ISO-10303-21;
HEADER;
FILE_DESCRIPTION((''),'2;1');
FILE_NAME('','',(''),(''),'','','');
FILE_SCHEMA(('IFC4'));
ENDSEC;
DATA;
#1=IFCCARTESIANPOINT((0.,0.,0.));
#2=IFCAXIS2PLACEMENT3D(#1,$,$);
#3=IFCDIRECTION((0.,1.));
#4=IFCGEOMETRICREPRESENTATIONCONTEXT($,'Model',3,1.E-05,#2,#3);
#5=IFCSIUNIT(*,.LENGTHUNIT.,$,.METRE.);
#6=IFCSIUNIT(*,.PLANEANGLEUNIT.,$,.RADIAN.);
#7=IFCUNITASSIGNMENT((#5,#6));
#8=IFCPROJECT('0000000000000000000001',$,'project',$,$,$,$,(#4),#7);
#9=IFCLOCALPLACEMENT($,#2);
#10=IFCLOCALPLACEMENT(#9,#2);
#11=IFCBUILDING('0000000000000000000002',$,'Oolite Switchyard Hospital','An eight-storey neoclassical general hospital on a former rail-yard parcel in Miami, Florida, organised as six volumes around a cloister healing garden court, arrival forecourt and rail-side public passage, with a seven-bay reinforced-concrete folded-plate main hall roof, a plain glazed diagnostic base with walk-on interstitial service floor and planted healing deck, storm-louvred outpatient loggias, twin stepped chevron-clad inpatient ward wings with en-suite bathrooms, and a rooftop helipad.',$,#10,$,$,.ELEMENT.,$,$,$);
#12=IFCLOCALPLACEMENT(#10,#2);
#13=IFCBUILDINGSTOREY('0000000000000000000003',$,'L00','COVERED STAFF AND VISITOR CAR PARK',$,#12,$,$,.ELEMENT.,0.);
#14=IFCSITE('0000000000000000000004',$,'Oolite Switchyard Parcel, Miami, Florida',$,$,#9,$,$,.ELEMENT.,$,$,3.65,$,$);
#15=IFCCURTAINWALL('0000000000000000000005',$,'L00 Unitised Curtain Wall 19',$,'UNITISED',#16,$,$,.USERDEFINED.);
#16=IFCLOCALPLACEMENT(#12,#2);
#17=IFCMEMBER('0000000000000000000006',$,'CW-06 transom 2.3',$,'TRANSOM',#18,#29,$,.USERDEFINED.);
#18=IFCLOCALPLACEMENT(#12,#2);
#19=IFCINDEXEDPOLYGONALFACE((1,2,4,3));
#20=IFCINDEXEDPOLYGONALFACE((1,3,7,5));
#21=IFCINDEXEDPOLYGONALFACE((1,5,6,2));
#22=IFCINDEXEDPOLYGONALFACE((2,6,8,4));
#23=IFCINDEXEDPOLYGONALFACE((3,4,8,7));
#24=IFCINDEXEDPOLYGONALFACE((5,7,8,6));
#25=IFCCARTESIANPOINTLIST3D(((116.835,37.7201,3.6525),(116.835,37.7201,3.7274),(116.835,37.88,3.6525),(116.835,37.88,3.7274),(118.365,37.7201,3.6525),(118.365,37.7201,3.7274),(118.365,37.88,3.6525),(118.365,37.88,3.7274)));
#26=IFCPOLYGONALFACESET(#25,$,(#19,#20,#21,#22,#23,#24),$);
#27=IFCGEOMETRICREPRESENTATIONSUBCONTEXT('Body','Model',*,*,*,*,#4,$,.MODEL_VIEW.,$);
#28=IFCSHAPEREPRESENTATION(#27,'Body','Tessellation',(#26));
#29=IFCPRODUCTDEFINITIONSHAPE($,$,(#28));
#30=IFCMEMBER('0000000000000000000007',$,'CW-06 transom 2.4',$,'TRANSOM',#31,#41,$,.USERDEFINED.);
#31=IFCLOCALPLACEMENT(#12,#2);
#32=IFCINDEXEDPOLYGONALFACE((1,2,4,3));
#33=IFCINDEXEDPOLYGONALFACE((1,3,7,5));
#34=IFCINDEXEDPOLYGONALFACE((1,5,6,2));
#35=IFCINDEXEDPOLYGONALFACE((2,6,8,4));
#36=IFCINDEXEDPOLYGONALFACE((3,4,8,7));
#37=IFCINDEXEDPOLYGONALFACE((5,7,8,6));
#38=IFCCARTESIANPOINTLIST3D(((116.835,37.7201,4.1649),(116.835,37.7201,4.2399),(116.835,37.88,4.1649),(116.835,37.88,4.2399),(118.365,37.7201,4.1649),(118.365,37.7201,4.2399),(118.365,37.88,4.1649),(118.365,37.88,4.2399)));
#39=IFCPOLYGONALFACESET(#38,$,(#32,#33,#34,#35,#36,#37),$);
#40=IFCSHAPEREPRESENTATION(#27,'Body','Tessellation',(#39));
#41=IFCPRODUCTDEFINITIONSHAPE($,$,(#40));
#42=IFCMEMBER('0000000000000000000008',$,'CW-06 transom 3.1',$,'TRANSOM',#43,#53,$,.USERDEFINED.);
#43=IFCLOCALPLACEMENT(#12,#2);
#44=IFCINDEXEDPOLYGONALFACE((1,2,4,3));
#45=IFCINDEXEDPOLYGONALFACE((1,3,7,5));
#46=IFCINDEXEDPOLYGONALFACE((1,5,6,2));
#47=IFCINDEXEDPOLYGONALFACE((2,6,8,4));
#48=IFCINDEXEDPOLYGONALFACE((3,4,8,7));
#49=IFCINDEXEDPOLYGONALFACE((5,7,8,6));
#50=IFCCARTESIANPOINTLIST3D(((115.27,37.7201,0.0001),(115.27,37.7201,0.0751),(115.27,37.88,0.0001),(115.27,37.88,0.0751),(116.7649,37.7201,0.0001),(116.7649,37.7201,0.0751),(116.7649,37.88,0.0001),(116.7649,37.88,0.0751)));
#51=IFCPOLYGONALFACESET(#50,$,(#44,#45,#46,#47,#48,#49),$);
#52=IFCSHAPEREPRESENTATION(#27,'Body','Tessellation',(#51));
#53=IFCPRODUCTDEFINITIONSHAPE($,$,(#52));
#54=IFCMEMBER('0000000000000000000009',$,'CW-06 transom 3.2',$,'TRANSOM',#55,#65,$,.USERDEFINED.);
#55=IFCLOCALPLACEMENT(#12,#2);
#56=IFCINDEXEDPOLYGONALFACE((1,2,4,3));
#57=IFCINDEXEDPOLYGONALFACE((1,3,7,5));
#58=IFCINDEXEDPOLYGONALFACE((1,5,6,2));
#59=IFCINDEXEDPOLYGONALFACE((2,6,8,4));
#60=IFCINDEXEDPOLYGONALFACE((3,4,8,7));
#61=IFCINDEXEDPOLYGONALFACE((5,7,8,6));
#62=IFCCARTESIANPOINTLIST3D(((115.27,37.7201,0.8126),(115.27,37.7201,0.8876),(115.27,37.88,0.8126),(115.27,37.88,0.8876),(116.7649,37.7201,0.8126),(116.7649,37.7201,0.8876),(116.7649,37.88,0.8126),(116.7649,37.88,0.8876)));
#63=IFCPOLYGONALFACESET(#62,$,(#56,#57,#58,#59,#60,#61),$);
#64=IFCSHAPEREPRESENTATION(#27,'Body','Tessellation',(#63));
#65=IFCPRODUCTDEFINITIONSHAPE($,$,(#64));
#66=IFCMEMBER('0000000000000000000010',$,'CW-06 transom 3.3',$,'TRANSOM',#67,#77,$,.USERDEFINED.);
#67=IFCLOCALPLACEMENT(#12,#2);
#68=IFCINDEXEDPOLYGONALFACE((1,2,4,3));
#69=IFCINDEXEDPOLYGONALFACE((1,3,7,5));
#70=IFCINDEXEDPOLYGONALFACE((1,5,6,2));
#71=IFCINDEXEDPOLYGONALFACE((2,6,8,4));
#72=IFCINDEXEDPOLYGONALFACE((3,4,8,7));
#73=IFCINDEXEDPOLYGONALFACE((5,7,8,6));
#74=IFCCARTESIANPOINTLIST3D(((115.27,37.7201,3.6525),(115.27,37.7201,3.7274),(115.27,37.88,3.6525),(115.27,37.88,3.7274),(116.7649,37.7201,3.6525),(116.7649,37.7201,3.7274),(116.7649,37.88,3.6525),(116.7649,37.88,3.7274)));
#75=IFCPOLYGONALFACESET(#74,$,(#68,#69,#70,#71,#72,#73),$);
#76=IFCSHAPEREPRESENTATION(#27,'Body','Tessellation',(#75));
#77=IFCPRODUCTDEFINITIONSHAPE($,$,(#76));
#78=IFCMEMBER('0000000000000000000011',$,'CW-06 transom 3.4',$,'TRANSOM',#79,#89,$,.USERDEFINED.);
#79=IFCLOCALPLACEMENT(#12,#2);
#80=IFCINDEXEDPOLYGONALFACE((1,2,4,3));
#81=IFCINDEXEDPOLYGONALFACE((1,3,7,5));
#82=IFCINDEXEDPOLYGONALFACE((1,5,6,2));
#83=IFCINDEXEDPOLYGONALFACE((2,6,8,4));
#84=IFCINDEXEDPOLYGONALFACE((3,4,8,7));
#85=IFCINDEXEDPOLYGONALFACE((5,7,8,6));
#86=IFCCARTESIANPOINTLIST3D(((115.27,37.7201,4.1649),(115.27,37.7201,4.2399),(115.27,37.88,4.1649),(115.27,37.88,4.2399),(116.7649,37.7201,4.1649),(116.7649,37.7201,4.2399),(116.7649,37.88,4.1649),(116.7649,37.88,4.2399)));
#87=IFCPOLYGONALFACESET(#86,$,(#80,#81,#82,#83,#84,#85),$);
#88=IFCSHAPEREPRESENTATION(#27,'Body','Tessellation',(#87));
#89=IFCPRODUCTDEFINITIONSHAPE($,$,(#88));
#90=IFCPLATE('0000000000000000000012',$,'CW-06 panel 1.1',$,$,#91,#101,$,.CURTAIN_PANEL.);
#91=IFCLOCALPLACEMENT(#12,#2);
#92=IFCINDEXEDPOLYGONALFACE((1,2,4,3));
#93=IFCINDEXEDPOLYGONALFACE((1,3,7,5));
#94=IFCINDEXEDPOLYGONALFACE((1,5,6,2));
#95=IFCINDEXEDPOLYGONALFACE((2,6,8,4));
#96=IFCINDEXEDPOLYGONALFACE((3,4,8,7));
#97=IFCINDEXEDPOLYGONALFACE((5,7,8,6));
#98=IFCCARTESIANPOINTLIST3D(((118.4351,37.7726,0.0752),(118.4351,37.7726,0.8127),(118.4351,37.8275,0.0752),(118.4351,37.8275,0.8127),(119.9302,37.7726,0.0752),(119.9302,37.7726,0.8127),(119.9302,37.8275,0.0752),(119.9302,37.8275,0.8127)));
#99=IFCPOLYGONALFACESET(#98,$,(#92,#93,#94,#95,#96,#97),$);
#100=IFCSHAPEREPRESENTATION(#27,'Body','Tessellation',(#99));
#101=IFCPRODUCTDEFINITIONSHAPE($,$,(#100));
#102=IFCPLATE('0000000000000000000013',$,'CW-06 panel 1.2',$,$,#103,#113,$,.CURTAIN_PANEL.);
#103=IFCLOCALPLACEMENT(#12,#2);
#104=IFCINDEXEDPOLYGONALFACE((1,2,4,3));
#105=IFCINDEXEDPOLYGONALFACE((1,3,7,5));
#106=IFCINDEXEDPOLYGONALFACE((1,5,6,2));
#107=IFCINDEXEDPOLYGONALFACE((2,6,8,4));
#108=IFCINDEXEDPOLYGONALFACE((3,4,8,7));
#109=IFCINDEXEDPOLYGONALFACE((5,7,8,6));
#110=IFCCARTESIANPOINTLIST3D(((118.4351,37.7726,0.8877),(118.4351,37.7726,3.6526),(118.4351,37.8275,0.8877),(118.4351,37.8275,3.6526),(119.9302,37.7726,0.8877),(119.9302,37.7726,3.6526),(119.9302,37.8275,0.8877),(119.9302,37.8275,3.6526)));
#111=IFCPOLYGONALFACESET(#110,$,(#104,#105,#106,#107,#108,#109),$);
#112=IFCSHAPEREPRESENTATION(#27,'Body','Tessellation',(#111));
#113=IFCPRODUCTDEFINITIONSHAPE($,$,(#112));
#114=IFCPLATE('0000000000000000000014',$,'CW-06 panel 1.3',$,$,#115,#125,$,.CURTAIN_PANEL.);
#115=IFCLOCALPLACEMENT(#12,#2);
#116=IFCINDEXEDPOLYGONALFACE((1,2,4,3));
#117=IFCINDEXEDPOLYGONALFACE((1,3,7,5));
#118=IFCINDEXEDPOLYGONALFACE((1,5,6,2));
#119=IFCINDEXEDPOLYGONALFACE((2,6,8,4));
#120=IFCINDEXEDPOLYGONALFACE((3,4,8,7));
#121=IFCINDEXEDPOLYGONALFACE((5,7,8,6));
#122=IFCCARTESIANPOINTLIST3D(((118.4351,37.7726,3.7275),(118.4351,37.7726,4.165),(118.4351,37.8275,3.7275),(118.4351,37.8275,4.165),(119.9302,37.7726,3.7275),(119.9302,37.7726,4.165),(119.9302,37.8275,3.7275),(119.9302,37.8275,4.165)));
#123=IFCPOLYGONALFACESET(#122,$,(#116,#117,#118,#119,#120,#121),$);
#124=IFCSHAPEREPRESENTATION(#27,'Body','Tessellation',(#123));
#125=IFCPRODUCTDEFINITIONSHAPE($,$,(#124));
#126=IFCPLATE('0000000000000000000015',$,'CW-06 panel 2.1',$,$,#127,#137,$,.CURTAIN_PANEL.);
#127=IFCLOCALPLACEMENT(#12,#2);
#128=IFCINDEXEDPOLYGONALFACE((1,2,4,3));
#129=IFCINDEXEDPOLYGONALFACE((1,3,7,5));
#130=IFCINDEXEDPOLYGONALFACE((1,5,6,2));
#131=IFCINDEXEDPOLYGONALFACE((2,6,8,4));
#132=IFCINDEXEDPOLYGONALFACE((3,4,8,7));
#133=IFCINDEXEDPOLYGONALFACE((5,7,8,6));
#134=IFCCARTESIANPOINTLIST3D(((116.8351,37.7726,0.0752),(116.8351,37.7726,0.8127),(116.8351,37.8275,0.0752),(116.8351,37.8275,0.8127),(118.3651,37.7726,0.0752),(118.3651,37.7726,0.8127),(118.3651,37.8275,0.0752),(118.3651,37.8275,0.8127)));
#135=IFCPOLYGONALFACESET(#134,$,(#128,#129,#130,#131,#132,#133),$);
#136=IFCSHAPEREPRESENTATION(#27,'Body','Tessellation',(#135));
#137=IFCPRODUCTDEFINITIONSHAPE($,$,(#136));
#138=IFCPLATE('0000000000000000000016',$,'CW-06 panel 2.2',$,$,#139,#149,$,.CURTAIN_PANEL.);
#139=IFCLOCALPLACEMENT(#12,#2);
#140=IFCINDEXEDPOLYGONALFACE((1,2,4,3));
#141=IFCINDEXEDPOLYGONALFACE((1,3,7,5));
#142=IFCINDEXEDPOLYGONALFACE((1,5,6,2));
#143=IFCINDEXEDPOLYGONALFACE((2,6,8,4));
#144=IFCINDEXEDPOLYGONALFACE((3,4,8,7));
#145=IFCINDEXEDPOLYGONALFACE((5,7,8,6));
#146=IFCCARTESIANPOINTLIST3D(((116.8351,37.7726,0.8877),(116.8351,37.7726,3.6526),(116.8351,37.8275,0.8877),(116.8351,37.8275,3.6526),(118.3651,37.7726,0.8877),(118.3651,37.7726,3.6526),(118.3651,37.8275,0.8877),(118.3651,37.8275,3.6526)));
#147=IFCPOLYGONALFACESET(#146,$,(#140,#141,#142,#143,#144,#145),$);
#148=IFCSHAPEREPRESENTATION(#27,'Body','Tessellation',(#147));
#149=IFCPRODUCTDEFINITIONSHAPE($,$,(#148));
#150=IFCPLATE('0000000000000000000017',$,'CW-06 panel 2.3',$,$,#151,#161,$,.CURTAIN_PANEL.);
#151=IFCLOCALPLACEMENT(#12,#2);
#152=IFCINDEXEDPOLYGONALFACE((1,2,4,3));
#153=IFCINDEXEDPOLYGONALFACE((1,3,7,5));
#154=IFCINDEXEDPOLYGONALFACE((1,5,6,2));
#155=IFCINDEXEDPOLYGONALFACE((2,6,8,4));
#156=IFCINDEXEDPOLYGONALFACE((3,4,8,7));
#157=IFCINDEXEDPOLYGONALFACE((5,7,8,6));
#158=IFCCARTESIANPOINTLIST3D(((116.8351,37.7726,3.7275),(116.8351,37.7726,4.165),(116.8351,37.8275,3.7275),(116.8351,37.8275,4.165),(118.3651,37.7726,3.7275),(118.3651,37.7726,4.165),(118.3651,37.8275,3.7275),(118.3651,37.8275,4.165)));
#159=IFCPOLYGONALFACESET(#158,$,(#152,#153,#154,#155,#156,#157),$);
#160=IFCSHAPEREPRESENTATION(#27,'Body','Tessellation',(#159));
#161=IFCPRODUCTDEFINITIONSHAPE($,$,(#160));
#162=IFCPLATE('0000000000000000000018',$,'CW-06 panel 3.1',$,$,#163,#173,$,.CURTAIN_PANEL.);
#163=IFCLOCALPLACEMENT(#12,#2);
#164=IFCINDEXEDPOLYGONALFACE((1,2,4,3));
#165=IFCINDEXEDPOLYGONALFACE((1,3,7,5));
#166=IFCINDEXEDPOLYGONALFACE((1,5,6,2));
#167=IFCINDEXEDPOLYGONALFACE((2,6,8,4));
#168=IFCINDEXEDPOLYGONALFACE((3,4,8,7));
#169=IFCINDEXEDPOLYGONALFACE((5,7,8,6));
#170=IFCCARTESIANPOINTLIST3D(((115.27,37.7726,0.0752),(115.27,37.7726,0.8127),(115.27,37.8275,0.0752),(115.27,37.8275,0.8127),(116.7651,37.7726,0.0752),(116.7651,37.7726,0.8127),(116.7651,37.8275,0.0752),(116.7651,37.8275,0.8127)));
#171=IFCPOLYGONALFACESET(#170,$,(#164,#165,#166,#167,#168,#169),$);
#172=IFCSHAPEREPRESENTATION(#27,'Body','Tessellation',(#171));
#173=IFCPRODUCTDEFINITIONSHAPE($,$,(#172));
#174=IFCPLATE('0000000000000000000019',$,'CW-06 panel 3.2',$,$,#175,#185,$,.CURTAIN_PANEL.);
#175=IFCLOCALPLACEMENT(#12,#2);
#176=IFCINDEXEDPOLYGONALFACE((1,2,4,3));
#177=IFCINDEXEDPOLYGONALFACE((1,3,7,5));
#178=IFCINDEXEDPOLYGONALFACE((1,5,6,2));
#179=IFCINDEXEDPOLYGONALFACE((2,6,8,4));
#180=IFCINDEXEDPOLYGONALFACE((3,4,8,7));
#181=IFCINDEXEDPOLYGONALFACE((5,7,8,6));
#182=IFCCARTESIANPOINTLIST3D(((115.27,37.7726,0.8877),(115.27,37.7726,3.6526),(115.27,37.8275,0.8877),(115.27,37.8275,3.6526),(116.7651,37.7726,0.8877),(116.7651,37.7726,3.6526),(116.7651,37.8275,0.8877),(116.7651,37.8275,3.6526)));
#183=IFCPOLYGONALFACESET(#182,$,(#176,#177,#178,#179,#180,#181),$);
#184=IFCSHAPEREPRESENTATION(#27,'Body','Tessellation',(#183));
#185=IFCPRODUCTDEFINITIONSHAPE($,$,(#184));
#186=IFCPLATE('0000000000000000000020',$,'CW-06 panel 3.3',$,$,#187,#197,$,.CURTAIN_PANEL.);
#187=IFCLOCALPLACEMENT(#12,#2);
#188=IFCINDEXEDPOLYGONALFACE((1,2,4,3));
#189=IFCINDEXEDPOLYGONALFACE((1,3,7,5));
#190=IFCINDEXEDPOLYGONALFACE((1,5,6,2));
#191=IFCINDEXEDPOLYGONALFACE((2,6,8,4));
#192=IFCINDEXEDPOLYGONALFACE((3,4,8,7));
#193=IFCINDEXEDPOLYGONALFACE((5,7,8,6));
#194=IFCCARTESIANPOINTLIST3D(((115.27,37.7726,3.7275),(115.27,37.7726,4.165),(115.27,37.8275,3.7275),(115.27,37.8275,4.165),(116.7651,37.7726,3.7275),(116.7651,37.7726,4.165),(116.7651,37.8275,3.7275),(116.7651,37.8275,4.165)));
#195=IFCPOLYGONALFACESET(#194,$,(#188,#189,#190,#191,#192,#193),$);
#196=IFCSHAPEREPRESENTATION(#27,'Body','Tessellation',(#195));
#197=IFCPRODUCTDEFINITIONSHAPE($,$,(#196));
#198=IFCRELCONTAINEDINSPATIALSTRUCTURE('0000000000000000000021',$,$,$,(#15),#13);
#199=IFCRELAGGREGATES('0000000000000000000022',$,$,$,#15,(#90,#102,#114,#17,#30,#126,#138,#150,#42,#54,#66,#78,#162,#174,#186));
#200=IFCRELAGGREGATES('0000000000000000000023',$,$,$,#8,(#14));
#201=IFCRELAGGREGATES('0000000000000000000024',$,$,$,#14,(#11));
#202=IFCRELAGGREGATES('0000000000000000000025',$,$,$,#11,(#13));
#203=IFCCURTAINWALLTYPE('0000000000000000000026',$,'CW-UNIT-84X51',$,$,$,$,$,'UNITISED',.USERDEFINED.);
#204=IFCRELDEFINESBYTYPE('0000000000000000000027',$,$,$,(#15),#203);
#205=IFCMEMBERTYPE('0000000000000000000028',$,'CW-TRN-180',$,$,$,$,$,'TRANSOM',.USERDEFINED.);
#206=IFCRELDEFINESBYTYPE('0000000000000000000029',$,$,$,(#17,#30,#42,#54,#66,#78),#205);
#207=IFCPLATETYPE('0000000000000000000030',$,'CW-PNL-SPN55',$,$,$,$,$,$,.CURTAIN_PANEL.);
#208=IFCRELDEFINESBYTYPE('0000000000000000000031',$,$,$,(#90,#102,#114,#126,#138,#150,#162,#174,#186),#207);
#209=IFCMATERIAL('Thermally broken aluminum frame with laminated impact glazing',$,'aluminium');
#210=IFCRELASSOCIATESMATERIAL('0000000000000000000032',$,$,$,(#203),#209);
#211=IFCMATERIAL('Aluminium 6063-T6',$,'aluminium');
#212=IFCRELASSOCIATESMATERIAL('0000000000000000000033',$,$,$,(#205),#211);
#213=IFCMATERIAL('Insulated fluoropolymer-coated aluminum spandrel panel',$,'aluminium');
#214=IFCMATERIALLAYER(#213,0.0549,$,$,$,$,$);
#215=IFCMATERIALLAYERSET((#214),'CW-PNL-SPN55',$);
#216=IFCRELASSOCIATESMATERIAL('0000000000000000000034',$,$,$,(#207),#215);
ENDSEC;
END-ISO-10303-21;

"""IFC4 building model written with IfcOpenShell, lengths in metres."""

from ifc_helpers import new_model, si_unit, direction, frame, origin, origin_2d, place, context, subcontext, project, spatial, rectangle, extrude, material, layer, layer_set, material_profile, profile_set, type_object, element, aggregate, save


model = new_model("IFC4")

# Units and contexts
model_context = context("Model", 3, precision=1e-05, world=origin(), true_north=direction((0.0, 1.0)))
body_context = subcontext(model_context, "Body", "Model", "MODEL_VIEW")
ifc_project = project(units=[si_unit("LENGTHUNIT", "METRE"), si_unit("PLANEANGLEUNIT", "RADIAN")], contexts=[model_context])

# Site, building, storey
site_placement = place(None, origin())
site = spatial("IfcSite", under=ifc_project, at=site_placement, Name="Oolite Switchyard Parcel, Miami, Florida", CompositionType="ELEMENT", RefElevation=3.65)
building_placement = place(site_placement, origin())
building = spatial("IfcBuilding", under=site, at=building_placement, Name="Oolite Switchyard Hospital", Description="An eight-storey neoclassical general hospital on a former rail-yard parcel in Miami, Florida, organised as six volumes around a cloister healing garden court, arrival forecourt and rail-side public passage, with a seven-bay reinforced-concrete folded-plate main hall roof, a plain glazed diagnostic base with walk-on interstitial service floor and planted healing deck, storm-louvred outpatient loggias, twin stepped chevron-clad inpatient ward wings with en-suite bathrooms, and a rooftop helipad.", CompositionType="ELEMENT")
storey_placement = place(building_placement, origin())
storey = spatial("IfcBuildingStorey", under=building, at=storey_placement, Name="L00", Description="COVERED STAFF AND VISITOR CAR PARK", CompositionType="ELEMENT", Elevation=0.0)

# Curtain wall, members, plates
ifc_material_1 = material(Name="Thermally broken aluminum frame with laminated impact glazing", Category="aluminium")
curtain_wall_type = type_object("IfcCurtainWallType", Name="CW-UNIT-84X51", ElementType="UNITISED", PredefinedType="USERDEFINED", material=ifc_material_1)
curtain_wall_placement = place(storey_placement, origin())
curtain_wall = element("IfcCurtainWall", 1, at=curtain_wall_placement, inside=storey, type_object=curtain_wall_type, Name="L00 Unitised Curtain Wall 19", ObjectType="UNITISED", PredefinedType="USERDEFINED")
ifc_material_2 = material(Name="Aluminium 6063-T6", Category="aluminium")
ifc_material_profile_1 = material_profile(ifc_material_2, rectangle(XDim=0.1599, YDim=0.075, at=origin_2d()), Name="CWT75X160")
ifc_profile_set_1 = profile_set([ifc_material_profile_1], Name="Aluminium 6063-T6")
member_type_1 = type_object("IfcMemberType", Name="CW-TRN-180", ElementType="TRANSOM", PredefinedType="USERDEFINED", material=ifc_profile_set_1)
member_1_placement = place(storey_placement, frame((118.365, 37.8, 3.6899), z_axis=(-1.0, 0.0, 0.0), x_axis=(0.0, -1.0, 0.0)))
member_1 = element("IfcMember", 2, at=member_1_placement, type_object=member_type_1, Name="CW-06 transom 2.3", ObjectType="TRANSOM", PredefinedType="USERDEFINED", context=body_context, shape_type="SweptSolid", body=[
    extrude(rectangle(XDim=0.1599, YDim=0.075, at=origin_2d()), origin(), (0.0, 0.0, 1.0), 1.53),
])
member_2_placement = place(storey_placement, frame((118.365, 37.8, 4.2024), z_axis=(-1.0, 0.0, 0.0), x_axis=(0.0, -1.0, 0.0)))
member_2 = element("IfcMember", 3, at=member_2_placement, type_object=member_type_1, Name="CW-06 transom 2.4", ObjectType="TRANSOM", PredefinedType="USERDEFINED", context=body_context, shape_type="SweptSolid", body=[
    extrude(rectangle(XDim=0.1599, YDim=0.075, at=origin_2d()), origin(), (0.0, 0.0, 1.0), 1.53),
])
member_3_placement = place(storey_placement, frame((116.7649, 37.8, 0.0376), z_axis=(-1.0, 0.0, 0.0), x_axis=(0.0, -1.0, 0.0)))
member_3 = element("IfcMember", 4, at=member_3_placement, type_object=member_type_1, Name="CW-06 transom 3.1", ObjectType="TRANSOM", PredefinedType="USERDEFINED", context=body_context, shape_type="SweptSolid", body=[
    extrude(rectangle(XDim=0.1599, YDim=0.075, at=origin_2d()), origin(), (0.0, 0.0, 1.0), 1.4949),
])
member_4_placement = place(storey_placement, frame((116.7649, 37.8, 0.8501), z_axis=(-1.0, 0.0, 0.0), x_axis=(0.0, -1.0, 0.0)))
member_4 = element("IfcMember", 5, at=member_4_placement, type_object=member_type_1, Name="CW-06 transom 3.2", ObjectType="TRANSOM", PredefinedType="USERDEFINED", context=body_context, shape_type="SweptSolid", body=[
    extrude(rectangle(XDim=0.1599, YDim=0.075, at=origin_2d()), origin(), (0.0, 0.0, 1.0), 1.4949),
])
member_5_placement = place(storey_placement, frame((116.7649, 37.8, 3.6899), z_axis=(-1.0, 0.0, 0.0), x_axis=(0.0, -1.0, 0.0)))
member_5 = element("IfcMember", 6, at=member_5_placement, type_object=member_type_1, Name="CW-06 transom 3.3", ObjectType="TRANSOM", PredefinedType="USERDEFINED", context=body_context, shape_type="SweptSolid", body=[
    extrude(rectangle(XDim=0.1599, YDim=0.075, at=origin_2d()), origin(), (0.0, 0.0, 1.0), 1.4949),
])
member_6_placement = place(storey_placement, frame((116.7649, 37.8, 4.2024), z_axis=(-1.0, 0.0, 0.0), x_axis=(0.0, -1.0, 0.0)))
member_6 = element("IfcMember", 7, at=member_6_placement, type_object=member_type_1, Name="CW-06 transom 3.4", ObjectType="TRANSOM", PredefinedType="USERDEFINED", context=body_context, shape_type="SweptSolid", body=[
    extrude(rectangle(XDim=0.1599, YDim=0.075, at=origin_2d()), origin(), (0.0, 0.0, 1.0), 1.4949),
])
ifc_material_3 = material(Name="Insulated fluoropolymer-coated aluminum spandrel panel", Category="aluminium")
ifc_layer_1 = layer(ifc_material_3, 0.0549)
ifc_layer_set_1 = layer_set([ifc_layer_1], Name="CW-PNL-SPN55")
plate_type = type_object("IfcPlateType", Name="CW-PNL-SPN55", PredefinedType="CURTAIN_PANEL", material=ifc_layer_set_1)
plate_1_placement = place(storey_placement, frame((119.1826, 37.8, 0.0752), z_axis=(0.0, 0.0, 1.0), x_axis=(-1.0, 0.0, 0.0)))
plate_1 = element("IfcPlate", 8, at=plate_1_placement, type_object=plate_type, Name="CW-06 panel 1.1", PredefinedType="CURTAIN_PANEL", context=body_context, shape_type="SweptSolid", body=[
    extrude(rectangle(XDim=1.4951, YDim=0.0549, at=origin_2d()), origin(), (0.0, 0.0, 1.0), 0.7375),
])
plate_2_placement = place(storey_placement, frame((119.1826, 37.8, 0.8877), z_axis=(0.0, 0.0, 1.0), x_axis=(-1.0, 0.0, 0.0)))
plate_2 = element("IfcPlate", 9, at=plate_2_placement, type_object=plate_type, Name="CW-06 panel 1.2", PredefinedType="CURTAIN_PANEL", context=body_context, shape_type="SweptSolid", body=[
    extrude(rectangle(XDim=1.4951, YDim=0.0549, at=origin_2d()), origin(), (0.0, 0.0, 1.0), 2.7649),
])
plate_3_placement = place(storey_placement, frame((119.1826, 37.8, 3.7275), z_axis=(0.0, 0.0, 1.0), x_axis=(-1.0, 0.0, 0.0)))
plate_3 = element("IfcPlate", 10, at=plate_3_placement, type_object=plate_type, Name="CW-06 panel 1.3", PredefinedType="CURTAIN_PANEL", context=body_context, shape_type="SweptSolid", body=[
    extrude(rectangle(XDim=1.4951, YDim=0.0549, at=origin_2d()), origin(), (0.0, 0.0, 1.0), 0.4375),
])
plate_4_placement = place(storey_placement, frame((117.6001, 37.8, 0.0752), z_axis=(0.0, 0.0, 1.0), x_axis=(-1.0, 0.0, 0.0)))
plate_4 = element("IfcPlate", 11, at=plate_4_placement, type_object=plate_type, Name="CW-06 panel 2.1", PredefinedType="CURTAIN_PANEL", context=body_context, shape_type="SweptSolid", body=[
    extrude(rectangle(XDim=1.53, YDim=0.0549, at=origin_2d()), origin(), (0.0, 0.0, 1.0), 0.7375),
])
plate_5_placement = place(storey_placement, frame((117.6001, 37.8, 0.8877), z_axis=(0.0, 0.0, 1.0), x_axis=(-1.0, 0.0, 0.0)))
plate_5 = element("IfcPlate", 12, at=plate_5_placement, type_object=plate_type, Name="CW-06 panel 2.2", PredefinedType="CURTAIN_PANEL", context=body_context, shape_type="SweptSolid", body=[
    extrude(rectangle(XDim=1.53, YDim=0.0549, at=origin_2d()), origin(), (0.0, 0.0, 1.0), 2.7649),
])
plate_6_placement = place(storey_placement, frame((117.6001, 37.8, 3.7275), z_axis=(0.0, 0.0, 1.0), x_axis=(-1.0, 0.0, 0.0)))
plate_6 = element("IfcPlate", 13, at=plate_6_placement, type_object=plate_type, Name="CW-06 panel 2.3", PredefinedType="CURTAIN_PANEL", context=body_context, shape_type="SweptSolid", body=[
    extrude(rectangle(XDim=1.53, YDim=0.0549, at=origin_2d()), origin(), (0.0, 0.0, 1.0), 0.4375),
])
plate_7_placement = place(storey_placement, frame((116.0176, 37.8, 0.0752), z_axis=(0.0, 0.0, 1.0), x_axis=(-1.0, 0.0, 0.0)))
plate_7 = element("IfcPlate", 14, at=plate_7_placement, type_object=plate_type, Name="CW-06 panel 3.1", PredefinedType="CURTAIN_PANEL", context=body_context, shape_type="SweptSolid", body=[
    extrude(rectangle(XDim=1.4951, YDim=0.0549, at=origin_2d()), origin(), (0.0, 0.0, 1.0), 0.7375),
])
plate_8_placement = place(storey_placement, frame((116.0176, 37.8, 0.8877), z_axis=(0.0, 0.0, 1.0), x_axis=(-1.0, 0.0, 0.0)))
plate_8 = element("IfcPlate", 15, at=plate_8_placement, type_object=plate_type, Name="CW-06 panel 3.2", PredefinedType="CURTAIN_PANEL", context=body_context, shape_type="SweptSolid", body=[
    extrude(rectangle(XDim=1.4951, YDim=0.0549, at=origin_2d()), origin(), (0.0, 0.0, 1.0), 2.7649),
])
plate_9_placement = place(storey_placement, frame((116.0176, 37.8, 3.7275), z_axis=(0.0, 0.0, 1.0), x_axis=(-1.0, 0.0, 0.0)))
plate_9 = element("IfcPlate", 16, at=plate_9_placement, type_object=plate_type, Name="CW-06 panel 3.3", PredefinedType="CURTAIN_PANEL", context=body_context, shape_type="SweptSolid", body=[
    extrude(rectangle(XDim=1.4951, YDim=0.0549, at=origin_2d()), origin(), (0.0, 0.0, 1.0), 0.4375),
])
aggregate(curtain_wall, [plate_1, plate_2, plate_3, member_1, member_2, plate_4, plate_5, plate_6, member_3, member_4, member_5, member_6, plate_7, plate_8, plate_9])

save(model, "model.ifc")
